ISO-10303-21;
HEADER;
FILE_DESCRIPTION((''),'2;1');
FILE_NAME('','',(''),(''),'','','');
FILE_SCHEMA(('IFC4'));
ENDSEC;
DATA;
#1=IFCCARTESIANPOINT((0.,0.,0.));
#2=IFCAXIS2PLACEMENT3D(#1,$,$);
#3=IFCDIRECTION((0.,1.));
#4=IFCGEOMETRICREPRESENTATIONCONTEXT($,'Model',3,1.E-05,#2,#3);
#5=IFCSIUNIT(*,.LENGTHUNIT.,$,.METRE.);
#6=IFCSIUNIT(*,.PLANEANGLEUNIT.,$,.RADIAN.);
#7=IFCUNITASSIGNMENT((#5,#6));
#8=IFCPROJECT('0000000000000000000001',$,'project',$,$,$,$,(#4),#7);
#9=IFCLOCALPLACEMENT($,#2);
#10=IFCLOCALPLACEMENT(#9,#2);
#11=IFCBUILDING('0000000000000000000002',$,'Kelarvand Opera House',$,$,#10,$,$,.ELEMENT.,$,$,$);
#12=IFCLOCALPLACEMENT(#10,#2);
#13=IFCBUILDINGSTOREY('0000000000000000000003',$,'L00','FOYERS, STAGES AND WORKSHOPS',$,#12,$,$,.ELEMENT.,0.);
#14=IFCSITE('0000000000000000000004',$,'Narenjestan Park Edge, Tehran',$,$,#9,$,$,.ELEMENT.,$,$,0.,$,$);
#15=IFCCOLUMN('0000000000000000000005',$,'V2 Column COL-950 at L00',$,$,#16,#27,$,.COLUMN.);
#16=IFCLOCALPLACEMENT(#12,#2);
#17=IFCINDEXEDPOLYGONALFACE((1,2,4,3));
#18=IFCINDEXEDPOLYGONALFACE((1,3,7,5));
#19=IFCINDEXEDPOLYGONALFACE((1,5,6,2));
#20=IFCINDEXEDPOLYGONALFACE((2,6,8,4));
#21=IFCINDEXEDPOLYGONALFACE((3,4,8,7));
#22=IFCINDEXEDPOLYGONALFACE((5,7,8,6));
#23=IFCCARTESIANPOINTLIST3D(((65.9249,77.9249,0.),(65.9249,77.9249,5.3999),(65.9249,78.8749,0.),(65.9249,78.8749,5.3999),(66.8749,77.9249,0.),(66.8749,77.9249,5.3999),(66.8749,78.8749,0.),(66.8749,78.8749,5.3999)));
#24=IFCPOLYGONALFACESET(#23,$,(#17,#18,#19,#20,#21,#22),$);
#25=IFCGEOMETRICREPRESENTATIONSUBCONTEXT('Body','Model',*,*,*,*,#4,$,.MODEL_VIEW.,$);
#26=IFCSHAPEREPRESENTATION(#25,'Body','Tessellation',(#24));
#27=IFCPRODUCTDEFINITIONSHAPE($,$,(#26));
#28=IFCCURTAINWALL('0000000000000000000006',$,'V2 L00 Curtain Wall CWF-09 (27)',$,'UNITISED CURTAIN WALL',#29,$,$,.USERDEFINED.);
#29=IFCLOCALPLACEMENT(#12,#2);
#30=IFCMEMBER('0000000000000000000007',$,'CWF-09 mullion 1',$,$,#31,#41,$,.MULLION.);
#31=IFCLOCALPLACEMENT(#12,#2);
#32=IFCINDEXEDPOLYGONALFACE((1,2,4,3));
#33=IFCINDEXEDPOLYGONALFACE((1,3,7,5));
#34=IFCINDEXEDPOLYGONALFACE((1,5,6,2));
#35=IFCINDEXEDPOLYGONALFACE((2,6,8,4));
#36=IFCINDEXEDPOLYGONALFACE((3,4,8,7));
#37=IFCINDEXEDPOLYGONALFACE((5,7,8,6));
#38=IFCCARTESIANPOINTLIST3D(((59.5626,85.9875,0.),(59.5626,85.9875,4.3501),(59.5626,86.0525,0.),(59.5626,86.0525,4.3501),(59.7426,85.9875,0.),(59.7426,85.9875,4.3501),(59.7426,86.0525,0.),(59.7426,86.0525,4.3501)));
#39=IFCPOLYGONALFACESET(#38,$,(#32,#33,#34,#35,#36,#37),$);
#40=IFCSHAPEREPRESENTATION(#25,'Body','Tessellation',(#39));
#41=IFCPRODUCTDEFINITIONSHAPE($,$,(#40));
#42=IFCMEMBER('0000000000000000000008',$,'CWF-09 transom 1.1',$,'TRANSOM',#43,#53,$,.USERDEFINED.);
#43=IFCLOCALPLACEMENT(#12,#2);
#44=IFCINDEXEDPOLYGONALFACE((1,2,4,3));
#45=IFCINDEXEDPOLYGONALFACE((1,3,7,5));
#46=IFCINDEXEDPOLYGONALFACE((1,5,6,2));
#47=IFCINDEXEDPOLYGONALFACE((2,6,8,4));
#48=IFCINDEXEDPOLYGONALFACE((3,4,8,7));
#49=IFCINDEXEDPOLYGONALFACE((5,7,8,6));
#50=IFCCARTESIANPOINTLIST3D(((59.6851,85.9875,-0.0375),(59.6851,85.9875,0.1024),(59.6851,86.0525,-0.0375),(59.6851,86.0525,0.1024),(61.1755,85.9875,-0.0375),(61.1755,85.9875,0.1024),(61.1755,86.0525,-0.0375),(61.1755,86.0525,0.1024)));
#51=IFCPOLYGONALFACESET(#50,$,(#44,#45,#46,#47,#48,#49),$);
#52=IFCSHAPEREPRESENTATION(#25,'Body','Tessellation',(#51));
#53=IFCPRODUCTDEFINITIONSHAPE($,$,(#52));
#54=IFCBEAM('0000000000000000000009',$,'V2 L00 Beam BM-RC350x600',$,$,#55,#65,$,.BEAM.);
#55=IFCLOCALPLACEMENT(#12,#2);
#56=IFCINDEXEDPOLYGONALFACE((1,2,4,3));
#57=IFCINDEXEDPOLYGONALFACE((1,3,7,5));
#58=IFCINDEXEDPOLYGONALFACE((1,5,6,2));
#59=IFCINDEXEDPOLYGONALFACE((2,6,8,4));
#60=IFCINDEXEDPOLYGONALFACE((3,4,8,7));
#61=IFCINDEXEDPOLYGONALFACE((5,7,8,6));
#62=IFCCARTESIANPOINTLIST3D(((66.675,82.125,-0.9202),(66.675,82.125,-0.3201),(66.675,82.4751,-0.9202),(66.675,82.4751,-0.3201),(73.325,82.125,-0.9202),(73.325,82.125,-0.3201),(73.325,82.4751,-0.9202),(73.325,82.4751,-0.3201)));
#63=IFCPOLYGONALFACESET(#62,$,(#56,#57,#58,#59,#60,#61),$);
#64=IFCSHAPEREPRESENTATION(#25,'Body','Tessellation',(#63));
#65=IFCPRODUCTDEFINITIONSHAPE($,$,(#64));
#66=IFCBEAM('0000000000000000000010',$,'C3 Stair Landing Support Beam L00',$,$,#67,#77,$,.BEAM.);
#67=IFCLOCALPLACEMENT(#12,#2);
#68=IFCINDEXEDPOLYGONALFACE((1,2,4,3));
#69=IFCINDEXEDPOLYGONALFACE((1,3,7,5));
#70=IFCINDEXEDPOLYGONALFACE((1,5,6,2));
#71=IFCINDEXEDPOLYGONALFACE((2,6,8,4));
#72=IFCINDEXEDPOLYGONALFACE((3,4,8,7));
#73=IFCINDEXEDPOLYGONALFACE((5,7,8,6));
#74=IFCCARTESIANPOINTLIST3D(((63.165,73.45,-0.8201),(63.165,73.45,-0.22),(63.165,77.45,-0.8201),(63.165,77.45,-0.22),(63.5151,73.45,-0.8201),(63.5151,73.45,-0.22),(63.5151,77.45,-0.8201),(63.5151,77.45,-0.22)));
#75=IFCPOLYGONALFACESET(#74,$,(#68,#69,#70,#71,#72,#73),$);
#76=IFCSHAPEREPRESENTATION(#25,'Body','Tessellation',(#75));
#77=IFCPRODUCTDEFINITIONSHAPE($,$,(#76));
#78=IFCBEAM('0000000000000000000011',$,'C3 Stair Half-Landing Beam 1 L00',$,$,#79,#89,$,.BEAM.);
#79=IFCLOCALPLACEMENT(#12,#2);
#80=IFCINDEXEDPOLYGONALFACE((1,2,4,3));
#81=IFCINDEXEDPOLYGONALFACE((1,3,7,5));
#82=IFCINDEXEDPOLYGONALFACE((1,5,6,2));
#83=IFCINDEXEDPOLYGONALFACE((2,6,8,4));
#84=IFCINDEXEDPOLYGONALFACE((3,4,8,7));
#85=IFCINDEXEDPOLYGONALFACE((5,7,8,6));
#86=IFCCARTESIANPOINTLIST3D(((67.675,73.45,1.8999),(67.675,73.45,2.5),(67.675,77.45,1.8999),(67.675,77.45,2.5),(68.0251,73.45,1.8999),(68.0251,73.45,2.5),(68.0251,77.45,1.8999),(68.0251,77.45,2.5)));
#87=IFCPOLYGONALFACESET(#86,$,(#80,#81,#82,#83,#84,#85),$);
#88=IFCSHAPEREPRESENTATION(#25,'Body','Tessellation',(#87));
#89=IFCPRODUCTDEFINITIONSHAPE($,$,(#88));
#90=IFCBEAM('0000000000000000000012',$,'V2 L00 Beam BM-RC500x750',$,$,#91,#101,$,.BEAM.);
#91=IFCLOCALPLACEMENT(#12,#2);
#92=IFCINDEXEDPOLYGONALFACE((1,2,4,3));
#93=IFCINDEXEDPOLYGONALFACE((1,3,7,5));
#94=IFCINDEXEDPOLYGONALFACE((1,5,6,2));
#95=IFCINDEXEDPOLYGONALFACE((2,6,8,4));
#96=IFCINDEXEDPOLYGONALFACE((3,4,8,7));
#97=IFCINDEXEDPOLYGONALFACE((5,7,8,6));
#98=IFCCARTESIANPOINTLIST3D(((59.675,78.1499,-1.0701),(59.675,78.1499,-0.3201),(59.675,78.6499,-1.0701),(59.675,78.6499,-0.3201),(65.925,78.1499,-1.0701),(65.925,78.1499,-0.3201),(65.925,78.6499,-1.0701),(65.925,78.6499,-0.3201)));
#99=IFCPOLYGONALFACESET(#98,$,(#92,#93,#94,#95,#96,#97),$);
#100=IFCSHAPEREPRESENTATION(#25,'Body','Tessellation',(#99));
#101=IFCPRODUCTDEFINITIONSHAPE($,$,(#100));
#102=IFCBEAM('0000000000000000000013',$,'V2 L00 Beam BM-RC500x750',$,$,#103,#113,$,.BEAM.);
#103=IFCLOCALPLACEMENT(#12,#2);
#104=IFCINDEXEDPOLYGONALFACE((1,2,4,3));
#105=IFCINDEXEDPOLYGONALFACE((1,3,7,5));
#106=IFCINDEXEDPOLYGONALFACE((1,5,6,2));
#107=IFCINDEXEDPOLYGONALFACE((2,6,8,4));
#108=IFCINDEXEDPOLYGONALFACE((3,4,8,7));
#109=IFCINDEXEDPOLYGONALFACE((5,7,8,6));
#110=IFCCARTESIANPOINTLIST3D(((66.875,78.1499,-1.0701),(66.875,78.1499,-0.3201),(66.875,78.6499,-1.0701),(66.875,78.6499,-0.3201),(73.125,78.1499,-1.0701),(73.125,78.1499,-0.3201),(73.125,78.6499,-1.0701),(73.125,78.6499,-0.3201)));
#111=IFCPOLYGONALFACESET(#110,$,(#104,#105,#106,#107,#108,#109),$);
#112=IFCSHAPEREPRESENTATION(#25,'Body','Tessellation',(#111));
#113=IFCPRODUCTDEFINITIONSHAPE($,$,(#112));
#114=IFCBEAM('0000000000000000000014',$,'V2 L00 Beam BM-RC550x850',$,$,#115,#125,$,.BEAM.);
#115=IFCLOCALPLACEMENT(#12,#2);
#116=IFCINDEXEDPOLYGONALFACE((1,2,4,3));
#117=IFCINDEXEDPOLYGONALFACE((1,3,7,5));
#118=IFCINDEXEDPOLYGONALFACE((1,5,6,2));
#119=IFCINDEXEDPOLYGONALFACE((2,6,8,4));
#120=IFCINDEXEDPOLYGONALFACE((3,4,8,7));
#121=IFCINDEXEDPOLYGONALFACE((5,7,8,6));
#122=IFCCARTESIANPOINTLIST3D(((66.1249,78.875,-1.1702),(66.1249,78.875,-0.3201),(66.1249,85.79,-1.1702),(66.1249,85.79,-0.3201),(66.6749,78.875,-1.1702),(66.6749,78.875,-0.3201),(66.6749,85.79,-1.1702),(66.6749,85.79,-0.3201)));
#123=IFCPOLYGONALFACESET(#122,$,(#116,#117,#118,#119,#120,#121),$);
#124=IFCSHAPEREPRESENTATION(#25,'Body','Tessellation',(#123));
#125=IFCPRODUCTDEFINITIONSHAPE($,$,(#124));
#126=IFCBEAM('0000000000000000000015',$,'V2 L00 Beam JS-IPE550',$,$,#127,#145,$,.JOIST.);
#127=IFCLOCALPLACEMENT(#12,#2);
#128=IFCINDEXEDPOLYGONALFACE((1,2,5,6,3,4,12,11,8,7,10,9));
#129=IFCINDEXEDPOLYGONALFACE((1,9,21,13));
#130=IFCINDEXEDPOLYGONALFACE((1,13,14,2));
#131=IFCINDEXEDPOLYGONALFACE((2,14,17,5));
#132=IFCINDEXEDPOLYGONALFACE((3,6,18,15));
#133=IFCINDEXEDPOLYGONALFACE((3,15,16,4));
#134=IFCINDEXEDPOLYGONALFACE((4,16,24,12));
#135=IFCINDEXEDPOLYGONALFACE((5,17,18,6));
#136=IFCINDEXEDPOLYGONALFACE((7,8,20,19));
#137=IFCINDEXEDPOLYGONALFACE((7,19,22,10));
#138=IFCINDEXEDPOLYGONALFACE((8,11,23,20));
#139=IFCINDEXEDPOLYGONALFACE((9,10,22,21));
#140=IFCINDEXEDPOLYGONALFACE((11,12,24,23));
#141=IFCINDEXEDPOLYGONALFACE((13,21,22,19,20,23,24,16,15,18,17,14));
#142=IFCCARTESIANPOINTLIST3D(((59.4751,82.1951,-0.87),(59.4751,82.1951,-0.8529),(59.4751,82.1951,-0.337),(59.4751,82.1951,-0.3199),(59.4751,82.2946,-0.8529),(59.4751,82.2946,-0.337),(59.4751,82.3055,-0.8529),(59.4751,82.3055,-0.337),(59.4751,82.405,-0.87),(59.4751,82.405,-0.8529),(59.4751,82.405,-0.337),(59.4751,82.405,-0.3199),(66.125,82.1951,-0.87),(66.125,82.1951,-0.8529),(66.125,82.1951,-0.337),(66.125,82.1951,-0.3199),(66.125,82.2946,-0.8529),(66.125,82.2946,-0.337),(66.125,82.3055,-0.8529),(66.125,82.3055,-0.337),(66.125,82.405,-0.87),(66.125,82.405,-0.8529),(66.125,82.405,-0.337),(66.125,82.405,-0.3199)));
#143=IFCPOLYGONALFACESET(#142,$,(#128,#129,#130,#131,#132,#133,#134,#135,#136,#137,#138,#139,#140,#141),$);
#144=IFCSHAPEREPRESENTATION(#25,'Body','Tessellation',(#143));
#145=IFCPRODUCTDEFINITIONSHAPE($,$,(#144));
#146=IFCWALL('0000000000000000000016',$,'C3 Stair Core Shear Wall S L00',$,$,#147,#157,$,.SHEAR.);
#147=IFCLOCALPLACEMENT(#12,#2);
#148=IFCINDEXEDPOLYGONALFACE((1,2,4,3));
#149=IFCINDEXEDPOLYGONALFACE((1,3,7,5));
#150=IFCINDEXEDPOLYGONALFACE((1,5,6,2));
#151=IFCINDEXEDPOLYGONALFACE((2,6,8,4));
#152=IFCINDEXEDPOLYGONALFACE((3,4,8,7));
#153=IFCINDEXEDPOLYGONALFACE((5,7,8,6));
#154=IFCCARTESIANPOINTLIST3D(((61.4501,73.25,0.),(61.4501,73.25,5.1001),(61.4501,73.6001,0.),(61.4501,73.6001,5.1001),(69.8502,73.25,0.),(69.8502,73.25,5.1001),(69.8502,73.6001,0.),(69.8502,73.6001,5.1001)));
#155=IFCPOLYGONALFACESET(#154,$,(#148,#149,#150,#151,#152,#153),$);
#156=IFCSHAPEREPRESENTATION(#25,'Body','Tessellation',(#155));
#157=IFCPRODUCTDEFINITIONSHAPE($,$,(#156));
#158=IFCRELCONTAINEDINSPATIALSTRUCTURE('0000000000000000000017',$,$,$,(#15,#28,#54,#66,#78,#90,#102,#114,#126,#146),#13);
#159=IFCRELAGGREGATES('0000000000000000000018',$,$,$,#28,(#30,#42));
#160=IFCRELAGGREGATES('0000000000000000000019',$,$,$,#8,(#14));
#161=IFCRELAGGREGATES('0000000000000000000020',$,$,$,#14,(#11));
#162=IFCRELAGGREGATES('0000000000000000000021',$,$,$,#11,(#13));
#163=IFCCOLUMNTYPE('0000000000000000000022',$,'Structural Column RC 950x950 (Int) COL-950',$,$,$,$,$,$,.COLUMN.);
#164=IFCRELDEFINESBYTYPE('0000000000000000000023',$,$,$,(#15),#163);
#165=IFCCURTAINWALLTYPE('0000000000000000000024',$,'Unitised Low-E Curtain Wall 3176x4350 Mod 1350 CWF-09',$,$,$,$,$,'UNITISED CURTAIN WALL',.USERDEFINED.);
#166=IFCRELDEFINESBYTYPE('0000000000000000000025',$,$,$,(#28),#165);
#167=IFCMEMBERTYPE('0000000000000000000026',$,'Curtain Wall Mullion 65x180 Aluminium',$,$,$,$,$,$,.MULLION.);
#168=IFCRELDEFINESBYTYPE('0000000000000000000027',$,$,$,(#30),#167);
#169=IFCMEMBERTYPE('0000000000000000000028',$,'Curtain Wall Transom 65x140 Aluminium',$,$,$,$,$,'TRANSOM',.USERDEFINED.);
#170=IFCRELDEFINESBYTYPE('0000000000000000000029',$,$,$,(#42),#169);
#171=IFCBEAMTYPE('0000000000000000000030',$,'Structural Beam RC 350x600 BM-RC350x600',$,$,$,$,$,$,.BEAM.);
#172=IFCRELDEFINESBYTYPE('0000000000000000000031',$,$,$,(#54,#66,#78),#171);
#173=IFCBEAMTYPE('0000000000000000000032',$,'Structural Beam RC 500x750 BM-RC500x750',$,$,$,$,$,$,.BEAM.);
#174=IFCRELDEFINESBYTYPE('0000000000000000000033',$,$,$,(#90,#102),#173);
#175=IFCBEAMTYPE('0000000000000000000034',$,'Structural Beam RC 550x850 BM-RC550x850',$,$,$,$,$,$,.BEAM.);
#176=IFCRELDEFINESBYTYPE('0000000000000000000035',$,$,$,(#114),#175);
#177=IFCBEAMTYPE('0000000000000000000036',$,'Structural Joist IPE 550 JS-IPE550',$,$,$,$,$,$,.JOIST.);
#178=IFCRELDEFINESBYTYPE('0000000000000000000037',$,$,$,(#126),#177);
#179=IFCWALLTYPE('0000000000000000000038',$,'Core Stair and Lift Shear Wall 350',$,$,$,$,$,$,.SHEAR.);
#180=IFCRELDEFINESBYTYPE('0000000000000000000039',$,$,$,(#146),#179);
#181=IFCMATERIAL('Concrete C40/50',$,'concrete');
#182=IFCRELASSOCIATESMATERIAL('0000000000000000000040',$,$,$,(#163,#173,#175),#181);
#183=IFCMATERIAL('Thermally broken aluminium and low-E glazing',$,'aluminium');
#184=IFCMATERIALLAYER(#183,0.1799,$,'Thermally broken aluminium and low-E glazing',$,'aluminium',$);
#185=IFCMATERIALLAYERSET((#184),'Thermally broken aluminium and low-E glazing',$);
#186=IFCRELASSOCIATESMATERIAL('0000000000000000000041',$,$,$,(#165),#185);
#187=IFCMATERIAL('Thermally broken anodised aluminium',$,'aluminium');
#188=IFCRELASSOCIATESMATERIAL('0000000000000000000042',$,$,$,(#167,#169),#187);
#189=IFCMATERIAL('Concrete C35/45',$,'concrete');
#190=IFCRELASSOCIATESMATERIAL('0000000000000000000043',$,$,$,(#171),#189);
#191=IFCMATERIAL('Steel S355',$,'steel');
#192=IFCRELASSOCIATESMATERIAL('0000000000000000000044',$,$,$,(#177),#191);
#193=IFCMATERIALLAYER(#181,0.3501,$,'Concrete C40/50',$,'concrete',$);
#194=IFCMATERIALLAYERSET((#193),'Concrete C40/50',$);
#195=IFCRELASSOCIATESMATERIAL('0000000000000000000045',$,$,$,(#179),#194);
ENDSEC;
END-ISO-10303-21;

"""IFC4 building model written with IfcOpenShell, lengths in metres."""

from ifc_helpers import new_model, si_unit, direction, frame, frame_2d, origin, origin_2d, place, context, subcontext, project, spatial, rectangle, i_section, extrude, material, layer, layer_set, material_profile, profile_set, type_object, element, aggregate, save


model = new_model("IFC4")

# Units and contexts
model_context = context("Model", 3, precision=1e-05, world=origin(), true_north=direction((0.0, 1.0)))
body_context = subcontext(model_context, "Body", "Model", "MODEL_VIEW")
ifc_project = project(units=[si_unit("LENGTHUNIT", "METRE"), si_unit("PLANEANGLEUNIT", "RADIAN")], contexts=[model_context])

# Site, building, storey
site_placement = place(None, origin())
site = spatial("IfcSite", under=ifc_project, at=site_placement, Name="Narenjestan Park Edge, Tehran", CompositionType="ELEMENT", RefElevation=0.0)
building_placement = place(site_placement, origin())
building = spatial("IfcBuilding", under=site, at=building_placement, Name="Kelarvand Opera House", CompositionType="ELEMENT")
storey_placement = place(building_placement, origin())
storey = spatial("IfcBuildingStorey", under=building, at=storey_placement, Name="L00", Description="FOYERS, STAGES AND WORKSHOPS", CompositionType="ELEMENT", Elevation=0.0)

# Column
ifc_material_1 = material(Name="Concrete C40/50", Category="concrete")
ifc_material_profile_1 = material_profile(ifc_material_1, rectangle(XDim=0.95, YDim=0.95, at=origin_2d()), Name="RC 950x950", Category="concrete")
ifc_profile_set_1 = profile_set([ifc_material_profile_1], Name="Concrete C40/50")
column_type = type_object("IfcColumnType", Name="Structural Column RC 950x950 (Int) COL-950", PredefinedType="COLUMN", material=ifc_profile_set_1)
column_placement = place(storey_placement, frame((66.3999, 78.3999, 0.0), z_axis=(0.0, 0.0, 1.0), x_axis=(1.0, 0.0, 0.0)))
element("IfcColumn", 1, at=column_placement, inside=storey, type_object=column_type, Name="V2 Column COL-950 at L00", PredefinedType="COLUMN", context=body_context, shape_type="SweptSolid", body=[
    extrude(rectangle(XDim=0.95, YDim=0.95, at=origin_2d()), origin(), (0.0, 0.0, 1.0), 5.3999),
])

# Curtain wall, members
ifc_material_2 = material(Name="Thermally broken aluminium and low-E glazing", Category="aluminium")
ifc_layer_1 = layer(ifc_material_2, 0.1799, Name="Thermally broken aluminium and low-E glazing", Category="aluminium")
ifc_layer_set_1 = layer_set([ifc_layer_1], Name="Thermally broken aluminium and low-E glazing")
curtain_wall_type = type_object("IfcCurtainWallType", Name="Unitised Low-E Curtain Wall 3176x4350 Mod 1350 CWF-09", ElementType="UNITISED CURTAIN WALL", PredefinedType="USERDEFINED", material=ifc_layer_set_1)
curtain_wall_placement = place(storey_placement, origin())
curtain_wall = element("IfcCurtainWall", 2, at=curtain_wall_placement, inside=storey, type_object=curtain_wall_type, Name="V2 L00 Curtain Wall CWF-09 (27)", ObjectType="UNITISED CURTAIN WALL", PredefinedType="USERDEFINED")
ifc_material_3 = material(Name="Thermally broken anodised aluminium", Category="aluminium")
ifc_material_profile_2 = material_profile(ifc_material_3, rectangle(XDim=0.0649, YDim=0.1799, at=origin_2d()), Name="ALU MULLION 65x180", Category="aluminium")
ifc_profile_set_2 = profile_set([ifc_material_profile_2], Name="Thermally broken anodised aluminium")
member_type_1 = type_object("IfcMemberType", Name="Curtain Wall Mullion 65x180 Aluminium", PredefinedType="MULLION", material=ifc_profile_set_2)
member_1_placement = place(storey_placement, frame((59.6526, 86.02, 0.0), z_axis=(0.0, 0.0, 1.0), x_axis=(0.0, 1.0, 0.0)))
member_1 = element("IfcMember", 3, at=member_1_placement, type_object=member_type_1, Name="CWF-09 mullion 1", PredefinedType="MULLION", context=body_context, shape_type="SweptSolid", body=[
    extrude(rectangle(XDim=0.0649, YDim=0.1799, at=origin_2d()), origin(), (0.0, 0.0, 1.0), 4.3501),
])
ifc_material_profile_3 = material_profile(ifc_material_3, rectangle(XDim=0.0649, YDim=0.1399, at=origin_2d()), Name="ALU TRANSOM 65x140", Category="aluminium")
ifc_profile_set_3 = profile_set([ifc_material_profile_3], Name="Thermally broken anodised aluminium")
member_type_2 = type_object("IfcMemberType", Name="Curtain Wall Transom 65x140 Aluminium", ElementType="TRANSOM", PredefinedType="USERDEFINED", material=ifc_profile_set_3)
member_2_placement = place(storey_placement, frame((59.6851, 86.02, 0.0325), z_axis=(1.0, 0.0, 0.0), x_axis=(0.0, 1.0, 0.0)))
member_2 = element("IfcMember", 4, at=member_2_placement, type_object=member_type_2, Name="CWF-09 transom 1.1", ObjectType="TRANSOM", PredefinedType="USERDEFINED", context=body_context, shape_type="SweptSolid", body=[
    extrude(rectangle(XDim=0.0649, YDim=0.1399, at=origin_2d()), origin(), (0.0, 0.0, 1.0), 1.4905),
])
aggregate(curtain_wall, [member_1, member_2])

# Beams
ifc_material_4 = material(Name="Concrete C35/45", Category="concrete")
ifc_material_profile_4 = material_profile(ifc_material_4, rectangle(XDim=0.3501, YDim=0.6001, at=origin_2d()), Name="RC 350x600", Category="concrete")
ifc_profile_set_4 = profile_set([ifc_material_profile_4], Name="Concrete C35/45")
beam_type_1 = type_object("IfcBeamType", Name="Structural Beam RC 350x600 BM-RC350x600", PredefinedType="BEAM", material=ifc_profile_set_4)
beam_1_placement = place(storey_placement, frame((66.675, 82.3, -0.6201), z_axis=(1.0, 0.0, 0.0), x_axis=(0.0, 1.0, 0.0)))
element("IfcBeam", 5, at=beam_1_placement, inside=storey, type_object=beam_type_1, Name="V2 L00 Beam BM-RC350x600", PredefinedType="BEAM", context=body_context, shape_type="SweptSolid", body=[
    extrude(rectangle(XDim=0.3501, YDim=0.6001, at=origin_2d()), origin(), (0.0, 0.0, 1.0), 6.6499),
])
for number, where, z_axis, x_axis, name in (
    (6, (63.3401, 73.45, -0.52), (0.0, 1.0, 0.0), (-1.0, 0.0, 0.0), "C3 Stair Landing Support Beam L00"),
    (7, (67.8501, 73.45, 2.2), (0.0, 1.0, 0.0), (-1.0, 0.0, 0.0), "C3 Stair Half-Landing Beam 1 L00"),
):
    element("IfcBeam", number, at=place(storey_placement, frame(where, z_axis=z_axis, x_axis=x_axis)), inside=storey, type_object=beam_type_1, Name=name, PredefinedType="BEAM", context=body_context, shape_type="SweptSolid", body=[
        extrude(rectangle(XDim=0.3501, YDim=0.6001, at=origin_2d()), origin(), (0.0, 0.0, 1.0), 4.0),
    ])
ifc_material_profile_5 = material_profile(ifc_material_1, rectangle(XDim=0.5, YDim=0.75, at=origin_2d()), Name="RC 500x750", Category="concrete")
ifc_profile_set_5 = profile_set([ifc_material_profile_5], Name="Concrete C40/50")
beam_type_2 = type_object("IfcBeamType", Name="Structural Beam RC 500x750 BM-RC500x750", PredefinedType="BEAM", material=ifc_profile_set_5)
for number, where, z_axis, x_axis, name in (
    (8, (59.675, 78.3999, -0.6951), (1.0, 0.0, 0.0), (0.0, 1.0, 0.0), "V2 L00 Beam BM-RC500x750"),
    (9, (66.875, 78.3999, -0.6951), (1.0, 0.0, 0.0), (0.0, 1.0, 0.0), "V2 L00 Beam BM-RC500x750"),
):
    element("IfcBeam", number, at=place(storey_placement, frame(where, z_axis=z_axis, x_axis=x_axis)), inside=storey, type_object=beam_type_2, Name=name, PredefinedType="BEAM", context=body_context, shape_type="SweptSolid", body=[
        extrude(rectangle(XDim=0.5, YDim=0.75, at=origin_2d()), origin(), (0.0, 0.0, 1.0), 6.25),
    ])
ifc_material_profile_6 = material_profile(ifc_material_1, rectangle(XDim=0.55, YDim=0.8501, at=origin_2d()), Name="RC 550x850", Category="concrete")
ifc_profile_set_6 = profile_set([ifc_material_profile_6], Name="Concrete C40/50")
beam_type_3 = type_object("IfcBeamType", Name="Structural Beam RC 550x850 BM-RC550x850", PredefinedType="BEAM", material=ifc_profile_set_6)
beam_2_placement = place(storey_placement, frame((66.3999, 78.875, -0.7451), z_axis=(0.0, 1.0, 0.0), x_axis=(-1.0, 0.0, 0.0)))
element("IfcBeam", 10, at=beam_2_placement, inside=storey, type_object=beam_type_3, Name="V2 L00 Beam BM-RC550x850", PredefinedType="BEAM", context=body_context, shape_type="SweptSolid", body=[
    extrude(rectangle(XDim=0.55, YDim=0.8501, at=origin_2d()), origin(), (0.0, 0.0, 1.0), 6.915),
])
ifc_material_5 = material(Name="Steel S355", Category="steel")
ifc_material_profile_7 = material_profile(ifc_material_5, i_section(OverallWidth=0.21, OverallDepth=0.55, WebThickness=0.011, FlangeThickness=0.0171, at=origin_2d()), Name="IPE 550", Category="steel")
ifc_profile_set_7 = profile_set([ifc_material_profile_7], Name="Steel S355")
beam_type_4 = type_object("IfcBeamType", Name="Structural Joist IPE 550 JS-IPE550", PredefinedType="JOIST", material=ifc_profile_set_7)
beam_3_placement = place(storey_placement, frame((59.4751, 82.3, -0.595), z_axis=(1.0, 0.0, 0.0), x_axis=(0.0, 1.0, 0.0)))
element("IfcBeam", 11, at=beam_3_placement, inside=storey, type_object=beam_type_4, Name="V2 L00 Beam JS-IPE550", PredefinedType="JOIST", context=body_context, shape_type="SweptSolid", body=[
    extrude(i_section(OverallWidth=0.21, OverallDepth=0.55, WebThickness=0.011, FlangeThickness=0.0171, at=origin_2d()), origin(), (0.0, 0.0, 1.0), 6.6499),
])

# Wall
ifc_layer_2 = layer(ifc_material_1, 0.3501, Name="Concrete C40/50", Category="concrete")
ifc_layer_set_2 = layer_set([ifc_layer_2], Name="Concrete C40/50")
wall_type_1 = type_object("IfcWallType", Name="Core Stair and Lift Shear Wall 350", PredefinedType="SHEAR", material=ifc_layer_set_2)
wall_1_placement = place(storey_placement, frame((61.45, 73.425, 0.0), z_axis=(0.0, 0.0, 1.0), x_axis=(1.0, 0.0, 0.0)))
element("IfcWall", 12, at=wall_1_placement, inside=storey, type_object=wall_type_1, Name="C3 Stair Core Shear Wall S L00", PredefinedType="SHEAR", context=body_context, shape_type="SweptSolid", body=[
    extrude(rectangle(XDim=8.4001, YDim=0.3501, at=frame_2d((4.2002, 0.0))), origin(), (0.0, 0.0, 1.0), 5.1001),
])

save(model, "model.ifc")
